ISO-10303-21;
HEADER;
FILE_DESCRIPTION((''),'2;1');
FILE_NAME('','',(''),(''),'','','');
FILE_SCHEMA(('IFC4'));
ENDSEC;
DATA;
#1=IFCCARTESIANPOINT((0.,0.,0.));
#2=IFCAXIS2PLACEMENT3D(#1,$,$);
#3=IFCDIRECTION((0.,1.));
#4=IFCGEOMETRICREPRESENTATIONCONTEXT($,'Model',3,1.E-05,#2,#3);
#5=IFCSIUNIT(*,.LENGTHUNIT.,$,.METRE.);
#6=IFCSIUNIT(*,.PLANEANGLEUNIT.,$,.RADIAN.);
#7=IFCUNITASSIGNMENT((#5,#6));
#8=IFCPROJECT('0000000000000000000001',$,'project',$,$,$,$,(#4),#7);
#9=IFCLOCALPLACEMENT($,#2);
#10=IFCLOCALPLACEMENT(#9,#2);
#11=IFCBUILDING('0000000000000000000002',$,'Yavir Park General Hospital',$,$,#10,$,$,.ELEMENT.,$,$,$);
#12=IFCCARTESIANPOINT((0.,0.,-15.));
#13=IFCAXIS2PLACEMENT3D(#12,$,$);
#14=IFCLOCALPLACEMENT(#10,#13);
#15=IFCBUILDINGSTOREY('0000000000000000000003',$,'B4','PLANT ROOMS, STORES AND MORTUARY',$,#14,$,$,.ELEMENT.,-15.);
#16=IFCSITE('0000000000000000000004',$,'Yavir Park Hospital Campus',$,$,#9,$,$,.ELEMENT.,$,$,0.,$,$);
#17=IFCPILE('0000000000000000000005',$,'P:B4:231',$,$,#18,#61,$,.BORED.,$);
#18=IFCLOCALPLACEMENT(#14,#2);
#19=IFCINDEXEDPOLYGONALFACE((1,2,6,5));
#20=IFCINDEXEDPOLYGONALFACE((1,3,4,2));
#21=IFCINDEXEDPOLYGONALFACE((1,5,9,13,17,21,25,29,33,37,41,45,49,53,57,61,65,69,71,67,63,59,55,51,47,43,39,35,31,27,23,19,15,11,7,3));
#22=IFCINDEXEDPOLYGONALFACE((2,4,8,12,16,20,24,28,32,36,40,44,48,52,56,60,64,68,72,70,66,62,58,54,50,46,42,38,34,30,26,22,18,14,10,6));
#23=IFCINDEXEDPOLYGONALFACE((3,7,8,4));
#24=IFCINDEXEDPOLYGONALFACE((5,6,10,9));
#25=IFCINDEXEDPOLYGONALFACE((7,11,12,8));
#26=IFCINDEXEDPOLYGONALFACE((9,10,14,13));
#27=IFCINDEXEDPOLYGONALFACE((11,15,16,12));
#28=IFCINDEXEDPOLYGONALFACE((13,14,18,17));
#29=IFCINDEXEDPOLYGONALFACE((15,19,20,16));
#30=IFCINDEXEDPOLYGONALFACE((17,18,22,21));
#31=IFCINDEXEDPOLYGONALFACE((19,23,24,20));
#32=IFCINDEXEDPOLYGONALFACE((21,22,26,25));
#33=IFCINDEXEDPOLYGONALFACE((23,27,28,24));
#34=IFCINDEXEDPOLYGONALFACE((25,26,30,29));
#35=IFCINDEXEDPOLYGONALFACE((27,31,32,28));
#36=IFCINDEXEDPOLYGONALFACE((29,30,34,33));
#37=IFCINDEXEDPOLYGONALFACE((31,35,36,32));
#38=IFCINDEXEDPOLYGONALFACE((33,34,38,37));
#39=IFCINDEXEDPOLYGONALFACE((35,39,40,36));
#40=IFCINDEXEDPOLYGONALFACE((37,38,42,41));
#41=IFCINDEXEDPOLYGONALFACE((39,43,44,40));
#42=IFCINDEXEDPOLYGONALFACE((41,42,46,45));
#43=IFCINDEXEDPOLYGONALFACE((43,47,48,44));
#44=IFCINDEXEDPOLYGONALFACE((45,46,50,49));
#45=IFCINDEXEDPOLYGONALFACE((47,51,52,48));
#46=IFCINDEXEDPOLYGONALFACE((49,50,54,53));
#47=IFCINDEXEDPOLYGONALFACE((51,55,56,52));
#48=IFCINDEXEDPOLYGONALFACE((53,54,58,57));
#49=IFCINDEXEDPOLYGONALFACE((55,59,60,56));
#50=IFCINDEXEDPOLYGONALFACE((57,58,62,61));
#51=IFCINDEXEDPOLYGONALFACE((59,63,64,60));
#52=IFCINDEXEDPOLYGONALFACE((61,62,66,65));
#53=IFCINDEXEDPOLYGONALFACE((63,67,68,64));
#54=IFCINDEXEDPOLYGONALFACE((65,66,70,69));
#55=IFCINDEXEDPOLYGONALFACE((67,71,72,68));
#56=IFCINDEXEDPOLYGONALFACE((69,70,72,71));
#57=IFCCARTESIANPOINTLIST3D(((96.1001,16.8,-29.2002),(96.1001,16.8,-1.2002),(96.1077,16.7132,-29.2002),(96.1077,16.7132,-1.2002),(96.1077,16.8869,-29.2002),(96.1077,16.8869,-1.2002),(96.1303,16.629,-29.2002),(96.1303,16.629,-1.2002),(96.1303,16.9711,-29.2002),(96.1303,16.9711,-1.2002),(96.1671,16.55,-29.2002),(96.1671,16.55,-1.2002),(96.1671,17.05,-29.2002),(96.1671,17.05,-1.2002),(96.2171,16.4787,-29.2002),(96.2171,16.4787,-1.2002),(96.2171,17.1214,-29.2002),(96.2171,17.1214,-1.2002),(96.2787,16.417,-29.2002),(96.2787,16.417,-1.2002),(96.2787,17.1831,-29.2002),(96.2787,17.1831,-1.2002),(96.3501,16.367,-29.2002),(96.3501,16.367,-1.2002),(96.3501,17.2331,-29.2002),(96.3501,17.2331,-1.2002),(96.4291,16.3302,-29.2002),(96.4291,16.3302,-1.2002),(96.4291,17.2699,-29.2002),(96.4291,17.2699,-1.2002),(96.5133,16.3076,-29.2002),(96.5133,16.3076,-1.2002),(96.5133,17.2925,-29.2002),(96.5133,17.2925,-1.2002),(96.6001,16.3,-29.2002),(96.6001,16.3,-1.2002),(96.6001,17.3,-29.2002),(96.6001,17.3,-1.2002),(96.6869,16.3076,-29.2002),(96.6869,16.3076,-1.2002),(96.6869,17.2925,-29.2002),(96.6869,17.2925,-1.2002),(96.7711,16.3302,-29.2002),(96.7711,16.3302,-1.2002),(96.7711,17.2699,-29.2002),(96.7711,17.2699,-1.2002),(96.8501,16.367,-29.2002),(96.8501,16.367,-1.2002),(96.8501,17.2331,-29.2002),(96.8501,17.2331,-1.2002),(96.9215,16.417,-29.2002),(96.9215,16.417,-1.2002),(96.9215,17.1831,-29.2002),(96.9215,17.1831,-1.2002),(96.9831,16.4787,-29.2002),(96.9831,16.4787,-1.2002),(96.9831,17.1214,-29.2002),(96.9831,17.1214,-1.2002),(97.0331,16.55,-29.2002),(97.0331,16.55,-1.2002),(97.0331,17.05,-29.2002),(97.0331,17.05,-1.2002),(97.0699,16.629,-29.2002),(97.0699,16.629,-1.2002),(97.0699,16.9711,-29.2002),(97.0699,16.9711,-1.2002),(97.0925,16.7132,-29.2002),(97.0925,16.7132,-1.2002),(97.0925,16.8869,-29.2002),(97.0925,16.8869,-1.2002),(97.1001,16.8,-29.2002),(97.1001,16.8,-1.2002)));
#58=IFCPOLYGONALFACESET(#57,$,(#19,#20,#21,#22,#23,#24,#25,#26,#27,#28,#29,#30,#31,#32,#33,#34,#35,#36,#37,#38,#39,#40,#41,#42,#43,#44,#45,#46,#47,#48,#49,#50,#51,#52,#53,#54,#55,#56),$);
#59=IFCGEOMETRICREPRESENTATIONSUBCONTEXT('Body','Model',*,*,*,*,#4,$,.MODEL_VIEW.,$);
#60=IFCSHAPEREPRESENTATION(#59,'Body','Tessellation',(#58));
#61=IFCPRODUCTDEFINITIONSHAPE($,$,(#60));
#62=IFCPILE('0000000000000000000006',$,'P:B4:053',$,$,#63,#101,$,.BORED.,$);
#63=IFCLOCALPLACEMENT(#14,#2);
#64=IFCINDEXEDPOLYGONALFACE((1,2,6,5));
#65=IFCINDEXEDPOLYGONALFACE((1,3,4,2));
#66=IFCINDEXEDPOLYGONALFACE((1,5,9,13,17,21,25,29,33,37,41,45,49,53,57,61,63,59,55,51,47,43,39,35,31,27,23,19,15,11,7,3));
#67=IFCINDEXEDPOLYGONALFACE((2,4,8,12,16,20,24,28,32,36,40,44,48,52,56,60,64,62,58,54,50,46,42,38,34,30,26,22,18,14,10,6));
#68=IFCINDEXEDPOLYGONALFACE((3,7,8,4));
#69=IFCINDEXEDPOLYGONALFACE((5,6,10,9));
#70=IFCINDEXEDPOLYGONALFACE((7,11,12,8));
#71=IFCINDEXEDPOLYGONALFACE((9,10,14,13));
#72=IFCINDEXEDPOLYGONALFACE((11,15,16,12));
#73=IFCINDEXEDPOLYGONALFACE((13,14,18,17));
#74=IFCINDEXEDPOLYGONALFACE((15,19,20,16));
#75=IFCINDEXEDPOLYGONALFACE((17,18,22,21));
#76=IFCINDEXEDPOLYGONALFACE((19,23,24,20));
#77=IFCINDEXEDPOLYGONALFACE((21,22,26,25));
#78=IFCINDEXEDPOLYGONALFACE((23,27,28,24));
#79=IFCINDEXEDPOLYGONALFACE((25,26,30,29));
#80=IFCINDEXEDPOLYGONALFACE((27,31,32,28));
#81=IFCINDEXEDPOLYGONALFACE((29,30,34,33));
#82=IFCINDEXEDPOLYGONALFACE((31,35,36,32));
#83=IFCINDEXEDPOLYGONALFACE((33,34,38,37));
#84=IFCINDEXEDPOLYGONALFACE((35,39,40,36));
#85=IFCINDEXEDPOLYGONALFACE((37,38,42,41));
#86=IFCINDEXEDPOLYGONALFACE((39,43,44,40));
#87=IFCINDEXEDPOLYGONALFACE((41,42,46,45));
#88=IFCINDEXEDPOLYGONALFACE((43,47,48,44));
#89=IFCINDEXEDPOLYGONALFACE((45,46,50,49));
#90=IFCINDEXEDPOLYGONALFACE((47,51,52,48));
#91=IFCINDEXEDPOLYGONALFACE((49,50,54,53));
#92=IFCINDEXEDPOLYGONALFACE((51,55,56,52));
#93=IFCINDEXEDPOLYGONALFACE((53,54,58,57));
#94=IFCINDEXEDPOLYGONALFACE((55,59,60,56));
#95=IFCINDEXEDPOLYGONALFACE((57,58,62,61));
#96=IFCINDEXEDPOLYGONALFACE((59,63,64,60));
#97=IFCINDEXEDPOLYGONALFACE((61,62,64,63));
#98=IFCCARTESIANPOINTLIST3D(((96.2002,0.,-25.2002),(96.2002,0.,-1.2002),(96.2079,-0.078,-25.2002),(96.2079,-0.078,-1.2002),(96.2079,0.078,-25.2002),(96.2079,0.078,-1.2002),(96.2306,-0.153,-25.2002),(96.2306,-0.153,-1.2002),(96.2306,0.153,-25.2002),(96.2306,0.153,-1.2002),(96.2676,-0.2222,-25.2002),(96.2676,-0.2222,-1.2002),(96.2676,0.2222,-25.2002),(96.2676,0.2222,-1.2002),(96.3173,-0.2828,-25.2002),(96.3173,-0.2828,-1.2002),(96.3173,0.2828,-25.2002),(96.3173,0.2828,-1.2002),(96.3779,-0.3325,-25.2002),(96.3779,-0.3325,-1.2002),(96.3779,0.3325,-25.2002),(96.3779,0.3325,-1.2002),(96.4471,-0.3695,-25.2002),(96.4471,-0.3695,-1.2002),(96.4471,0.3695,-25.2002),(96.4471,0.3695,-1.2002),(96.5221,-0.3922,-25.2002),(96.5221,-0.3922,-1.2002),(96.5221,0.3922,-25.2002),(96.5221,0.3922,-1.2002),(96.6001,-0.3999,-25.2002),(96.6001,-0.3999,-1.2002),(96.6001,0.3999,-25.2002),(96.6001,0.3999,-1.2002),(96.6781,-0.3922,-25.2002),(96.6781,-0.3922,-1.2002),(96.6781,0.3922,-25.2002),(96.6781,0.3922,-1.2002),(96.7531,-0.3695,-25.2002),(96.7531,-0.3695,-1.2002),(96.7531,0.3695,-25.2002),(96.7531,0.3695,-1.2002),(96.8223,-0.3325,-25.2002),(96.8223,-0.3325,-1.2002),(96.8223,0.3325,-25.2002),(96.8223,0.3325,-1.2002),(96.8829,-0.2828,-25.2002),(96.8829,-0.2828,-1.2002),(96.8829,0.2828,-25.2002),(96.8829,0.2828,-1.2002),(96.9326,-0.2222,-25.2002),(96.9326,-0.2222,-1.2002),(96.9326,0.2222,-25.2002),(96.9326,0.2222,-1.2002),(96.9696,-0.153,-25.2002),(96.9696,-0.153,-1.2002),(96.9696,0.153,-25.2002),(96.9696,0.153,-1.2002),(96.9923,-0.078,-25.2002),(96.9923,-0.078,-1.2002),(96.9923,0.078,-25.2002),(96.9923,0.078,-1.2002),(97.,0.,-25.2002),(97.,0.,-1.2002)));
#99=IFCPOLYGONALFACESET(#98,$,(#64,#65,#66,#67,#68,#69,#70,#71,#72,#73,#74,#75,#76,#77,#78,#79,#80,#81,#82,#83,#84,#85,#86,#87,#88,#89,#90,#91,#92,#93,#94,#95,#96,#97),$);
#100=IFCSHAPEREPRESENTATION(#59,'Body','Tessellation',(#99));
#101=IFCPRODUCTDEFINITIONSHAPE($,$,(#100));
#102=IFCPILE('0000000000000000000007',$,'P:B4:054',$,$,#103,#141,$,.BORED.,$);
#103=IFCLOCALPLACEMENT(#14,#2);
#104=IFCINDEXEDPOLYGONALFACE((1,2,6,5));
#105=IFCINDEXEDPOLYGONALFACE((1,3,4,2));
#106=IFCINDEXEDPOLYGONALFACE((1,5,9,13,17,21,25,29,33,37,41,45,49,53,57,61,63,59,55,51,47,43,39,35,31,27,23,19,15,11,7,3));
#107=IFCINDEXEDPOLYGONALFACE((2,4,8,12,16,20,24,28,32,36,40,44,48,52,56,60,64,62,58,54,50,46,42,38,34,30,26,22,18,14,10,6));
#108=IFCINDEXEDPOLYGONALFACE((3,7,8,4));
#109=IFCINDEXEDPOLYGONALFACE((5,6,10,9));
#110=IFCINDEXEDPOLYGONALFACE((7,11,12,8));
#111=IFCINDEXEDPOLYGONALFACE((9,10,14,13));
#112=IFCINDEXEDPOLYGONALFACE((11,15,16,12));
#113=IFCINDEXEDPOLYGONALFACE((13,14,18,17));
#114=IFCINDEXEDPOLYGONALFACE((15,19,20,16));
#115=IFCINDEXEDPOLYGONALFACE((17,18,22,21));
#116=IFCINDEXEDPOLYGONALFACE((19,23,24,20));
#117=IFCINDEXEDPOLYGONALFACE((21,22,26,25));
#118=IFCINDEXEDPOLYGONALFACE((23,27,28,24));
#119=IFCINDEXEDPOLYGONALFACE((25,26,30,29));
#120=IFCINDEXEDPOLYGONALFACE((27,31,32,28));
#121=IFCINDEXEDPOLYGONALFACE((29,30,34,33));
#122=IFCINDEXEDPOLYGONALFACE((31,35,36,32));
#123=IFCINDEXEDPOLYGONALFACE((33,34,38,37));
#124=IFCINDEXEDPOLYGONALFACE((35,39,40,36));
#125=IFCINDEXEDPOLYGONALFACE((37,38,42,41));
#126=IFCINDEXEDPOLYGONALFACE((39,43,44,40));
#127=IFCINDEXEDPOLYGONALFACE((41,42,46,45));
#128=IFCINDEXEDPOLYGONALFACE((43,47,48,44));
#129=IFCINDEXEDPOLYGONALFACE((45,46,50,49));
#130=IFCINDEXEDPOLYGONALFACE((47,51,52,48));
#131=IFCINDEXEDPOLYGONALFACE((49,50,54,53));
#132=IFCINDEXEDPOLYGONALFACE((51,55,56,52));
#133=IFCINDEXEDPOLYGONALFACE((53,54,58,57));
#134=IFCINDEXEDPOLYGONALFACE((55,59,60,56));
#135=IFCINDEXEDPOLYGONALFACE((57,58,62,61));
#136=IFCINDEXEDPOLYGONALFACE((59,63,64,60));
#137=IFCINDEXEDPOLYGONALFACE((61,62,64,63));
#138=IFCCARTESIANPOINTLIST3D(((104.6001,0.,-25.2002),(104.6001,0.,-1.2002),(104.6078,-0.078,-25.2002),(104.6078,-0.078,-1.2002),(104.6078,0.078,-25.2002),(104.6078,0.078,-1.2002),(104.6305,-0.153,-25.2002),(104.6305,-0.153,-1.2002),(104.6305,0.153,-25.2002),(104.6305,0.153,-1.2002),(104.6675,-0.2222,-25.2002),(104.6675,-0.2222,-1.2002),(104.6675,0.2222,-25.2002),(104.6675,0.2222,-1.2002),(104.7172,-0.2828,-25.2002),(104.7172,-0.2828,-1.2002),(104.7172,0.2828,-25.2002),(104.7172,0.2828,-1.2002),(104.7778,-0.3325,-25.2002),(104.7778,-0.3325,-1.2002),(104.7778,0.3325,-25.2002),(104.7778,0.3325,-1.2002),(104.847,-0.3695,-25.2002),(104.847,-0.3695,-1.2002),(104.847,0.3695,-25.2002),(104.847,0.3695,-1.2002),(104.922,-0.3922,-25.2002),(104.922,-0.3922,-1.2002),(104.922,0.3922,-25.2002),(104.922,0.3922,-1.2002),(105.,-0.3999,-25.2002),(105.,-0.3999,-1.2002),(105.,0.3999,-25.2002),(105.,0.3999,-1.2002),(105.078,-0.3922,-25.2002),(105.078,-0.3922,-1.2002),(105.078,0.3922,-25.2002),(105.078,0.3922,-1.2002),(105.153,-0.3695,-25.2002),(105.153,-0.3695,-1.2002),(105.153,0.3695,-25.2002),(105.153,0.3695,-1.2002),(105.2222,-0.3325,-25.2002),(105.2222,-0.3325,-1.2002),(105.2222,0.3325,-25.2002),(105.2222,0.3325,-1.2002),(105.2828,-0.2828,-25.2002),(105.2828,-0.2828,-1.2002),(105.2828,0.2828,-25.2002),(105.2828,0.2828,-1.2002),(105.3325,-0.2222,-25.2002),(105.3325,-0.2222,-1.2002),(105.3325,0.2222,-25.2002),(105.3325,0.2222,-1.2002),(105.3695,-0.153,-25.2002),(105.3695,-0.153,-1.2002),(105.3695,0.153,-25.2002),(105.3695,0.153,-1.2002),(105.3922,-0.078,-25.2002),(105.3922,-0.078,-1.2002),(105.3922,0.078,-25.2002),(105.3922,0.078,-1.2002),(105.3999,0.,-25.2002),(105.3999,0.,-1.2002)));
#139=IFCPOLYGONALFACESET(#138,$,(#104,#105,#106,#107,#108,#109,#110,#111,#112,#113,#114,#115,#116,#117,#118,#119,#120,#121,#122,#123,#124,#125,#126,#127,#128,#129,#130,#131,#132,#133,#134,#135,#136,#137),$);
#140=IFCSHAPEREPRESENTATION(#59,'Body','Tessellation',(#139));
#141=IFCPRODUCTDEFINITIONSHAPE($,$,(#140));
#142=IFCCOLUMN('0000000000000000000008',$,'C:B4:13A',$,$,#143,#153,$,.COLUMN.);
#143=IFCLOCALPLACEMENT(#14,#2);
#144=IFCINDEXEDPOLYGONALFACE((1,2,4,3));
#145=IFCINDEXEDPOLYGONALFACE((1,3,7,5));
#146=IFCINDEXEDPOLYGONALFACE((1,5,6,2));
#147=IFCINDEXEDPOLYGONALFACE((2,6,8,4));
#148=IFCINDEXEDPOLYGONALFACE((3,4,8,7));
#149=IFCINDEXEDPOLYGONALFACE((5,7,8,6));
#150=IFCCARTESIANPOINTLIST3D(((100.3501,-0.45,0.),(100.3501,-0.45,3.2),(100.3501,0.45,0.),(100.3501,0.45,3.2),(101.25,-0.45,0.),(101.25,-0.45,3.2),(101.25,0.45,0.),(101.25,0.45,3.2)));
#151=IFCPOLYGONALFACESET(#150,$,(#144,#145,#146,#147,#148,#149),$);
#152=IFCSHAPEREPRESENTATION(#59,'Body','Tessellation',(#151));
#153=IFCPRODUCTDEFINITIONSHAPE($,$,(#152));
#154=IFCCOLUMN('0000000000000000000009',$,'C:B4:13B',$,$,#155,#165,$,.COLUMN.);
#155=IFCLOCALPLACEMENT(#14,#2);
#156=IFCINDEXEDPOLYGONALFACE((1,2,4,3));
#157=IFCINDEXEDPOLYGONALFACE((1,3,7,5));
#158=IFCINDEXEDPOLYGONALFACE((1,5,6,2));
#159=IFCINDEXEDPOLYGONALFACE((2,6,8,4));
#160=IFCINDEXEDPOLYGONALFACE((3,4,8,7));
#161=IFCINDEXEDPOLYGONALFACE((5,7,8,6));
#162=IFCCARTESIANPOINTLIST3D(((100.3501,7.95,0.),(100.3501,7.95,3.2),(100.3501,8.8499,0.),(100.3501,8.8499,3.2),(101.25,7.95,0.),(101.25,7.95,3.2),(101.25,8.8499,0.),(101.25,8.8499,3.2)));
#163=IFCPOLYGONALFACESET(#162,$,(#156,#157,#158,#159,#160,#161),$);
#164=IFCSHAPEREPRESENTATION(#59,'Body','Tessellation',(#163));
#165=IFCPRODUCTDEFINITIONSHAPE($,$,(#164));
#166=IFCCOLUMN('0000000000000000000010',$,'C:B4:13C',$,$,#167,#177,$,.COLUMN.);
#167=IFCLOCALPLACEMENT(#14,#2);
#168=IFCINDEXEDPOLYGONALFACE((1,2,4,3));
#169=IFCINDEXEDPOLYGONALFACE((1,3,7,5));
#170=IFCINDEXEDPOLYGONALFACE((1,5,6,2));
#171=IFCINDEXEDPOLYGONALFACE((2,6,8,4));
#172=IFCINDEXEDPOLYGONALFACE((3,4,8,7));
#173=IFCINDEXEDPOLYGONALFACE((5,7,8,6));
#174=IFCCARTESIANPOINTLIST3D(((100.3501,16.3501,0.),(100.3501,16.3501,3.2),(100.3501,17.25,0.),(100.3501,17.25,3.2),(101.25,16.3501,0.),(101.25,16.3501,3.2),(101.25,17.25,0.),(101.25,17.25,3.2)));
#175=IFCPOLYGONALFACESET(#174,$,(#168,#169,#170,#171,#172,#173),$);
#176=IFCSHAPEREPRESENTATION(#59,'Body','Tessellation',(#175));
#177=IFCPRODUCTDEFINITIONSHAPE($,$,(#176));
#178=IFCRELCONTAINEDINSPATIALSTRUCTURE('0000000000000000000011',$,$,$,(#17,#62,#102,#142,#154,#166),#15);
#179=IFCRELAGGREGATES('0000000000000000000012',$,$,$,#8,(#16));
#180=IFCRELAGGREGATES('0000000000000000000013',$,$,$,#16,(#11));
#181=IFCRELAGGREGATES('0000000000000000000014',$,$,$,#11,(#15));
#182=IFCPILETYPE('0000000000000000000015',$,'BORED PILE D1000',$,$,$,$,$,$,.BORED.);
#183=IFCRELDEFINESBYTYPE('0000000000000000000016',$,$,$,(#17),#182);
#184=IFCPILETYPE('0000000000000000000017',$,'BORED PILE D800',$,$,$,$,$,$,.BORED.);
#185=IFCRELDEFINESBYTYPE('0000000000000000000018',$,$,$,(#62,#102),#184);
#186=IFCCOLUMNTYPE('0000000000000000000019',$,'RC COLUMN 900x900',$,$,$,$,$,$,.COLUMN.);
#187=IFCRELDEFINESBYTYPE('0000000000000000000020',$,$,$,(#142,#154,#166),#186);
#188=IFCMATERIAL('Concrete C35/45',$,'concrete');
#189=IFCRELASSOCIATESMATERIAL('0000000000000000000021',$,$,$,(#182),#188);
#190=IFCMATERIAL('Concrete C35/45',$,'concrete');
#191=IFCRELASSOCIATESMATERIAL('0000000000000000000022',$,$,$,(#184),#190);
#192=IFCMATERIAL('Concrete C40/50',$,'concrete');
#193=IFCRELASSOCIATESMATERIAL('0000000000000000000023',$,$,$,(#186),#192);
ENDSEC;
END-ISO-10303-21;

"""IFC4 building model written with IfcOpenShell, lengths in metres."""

from ifc_helpers import new_model, si_unit, direction, frame, origin, origin_2d, place, context, subcontext, project, spatial, rectangle, circle, extrude, material, material_profile, profile_set, type_object, element, save


model = new_model("IFC4")

# Units and contexts
model_context = context("Model", 3, precision=1e-05, world=origin(), true_north=direction((0.0, 1.0)))
body_context = subcontext(model_context, "Body", "Model", "MODEL_VIEW")
ifc_project = project(units=[si_unit("LENGTHUNIT", "METRE"), si_unit("PLANEANGLEUNIT", "RADIAN")], contexts=[model_context])

# Site, building, storey
site_placement = place(None, origin())
site = spatial("IfcSite", under=ifc_project, at=site_placement, Name="Yavir Park Hospital Campus", CompositionType="ELEMENT", RefElevation=0.0)
building_placement = place(site_placement, origin())
building = spatial("IfcBuilding", under=site, at=building_placement, Name="Yavir Park General Hospital", CompositionType="ELEMENT")
storey_placement = place(building_placement, frame((0.0, 0.0, -15.0)))
storey = spatial("IfcBuildingStorey", under=building, at=storey_placement, Name="B4", Description="PLANT ROOMS, STORES AND MORTUARY", CompositionType="ELEMENT", Elevation=-15.0)

# Piles
ifc_material_1 = material(Name="Concrete C35/45", Category="concrete")
ifc_material_profile_1 = material_profile(ifc_material_1, circle(Radius=0.5, at=origin_2d()), Name="D1000")
ifc_profile_set_1 = profile_set([ifc_material_profile_1], Name="Concrete C35/45")
pile_type_1 = type_object("IfcPileType", Name="BORED PILE D1000", PredefinedType="BORED", material=ifc_profile_set_1)
for number, where, z_axis, x_axis, name in (
    (1, (96.6001, 16.8, -1.2002), (0.0, 0.0, -1.0), (1.0, 0.0, 0.0), "P:B4:231"),
):
    element("IfcPile", number, at=place(storey_placement, frame(where, z_axis=z_axis, x_axis=x_axis)), inside=storey, type_object=pile_type_1, Name=name, PredefinedType="BORED", context=body_context, shape_type="SweptSolid", body=[
        extrude(circle(Radius=0.5, at=origin_2d()), origin(), (0.0, 0.0, 1.0), 28.0),
    ])
ifc_material_2 = material(Name="Concrete C35/45", Category="concrete")
ifc_material_profile_2 = material_profile(ifc_material_2, circle(Radius=0.3999, at=origin_2d()), Name="D800")
ifc_profile_set_2 = profile_set([ifc_material_profile_2], Name="Concrete C35/45")
pile_type_2 = type_object("IfcPileType", Name="BORED PILE D800", PredefinedType="BORED", material=ifc_profile_set_2)
for number, where, z_axis, x_axis, name in (
    (2, (96.6001, 0.0, -1.2002), (0.0, 0.0, -1.0), (1.0, 0.0, 0.0), "P:B4:053"),
    (3, (105.0, 0.0, -1.2002), (0.0, 0.0, -1.0), (1.0, 0.0, 0.0), "P:B4:054"),
):
    element("IfcPile", number, at=place(storey_placement, frame(where, z_axis=z_axis, x_axis=x_axis)), inside=storey, type_object=pile_type_2, Name=name, PredefinedType="BORED", context=body_context, shape_type="SweptSolid", body=[
        extrude(circle(Radius=0.3999, at=origin_2d()), origin(), (0.0, 0.0, 1.0), 24.0),
    ])

# Columns
ifc_material_3 = material(Name="Concrete C40/50", Category="concrete")
ifc_material_profile_3 = material_profile(ifc_material_3, rectangle(XDim=0.8999, YDim=0.8999, at=origin_2d()), Name="RC900x900")
ifc_profile_set_3 = profile_set([ifc_material_profile_3], Name="Concrete C40/50")
column_type = type_object("IfcColumnType", Name="RC COLUMN 900x900", PredefinedType="COLUMN", material=ifc_profile_set_3)
for number, where, z_axis, x_axis, name in (
    (4, (100.8, 0.0, 0.0), (0.0, 0.0, 1.0), (1.0, 0.0, 0.0), "C:B4:13A"),
    (5, (100.8, 8.3999, 0.0), (0.0, 0.0, 1.0), (1.0, 0.0, 0.0), "C:B4:13B"),
    (6, (100.8, 16.8, 0.0), (0.0, 0.0, 1.0), (1.0, 0.0, 0.0), "C:B4:13C"),
):
    element("IfcColumn", number, at=place(storey_placement, frame(where, z_axis=z_axis, x_axis=x_axis)), inside=storey, type_object=column_type, Name=name, PredefinedType="COLUMN", context=body_context, shape_type="SweptSolid", body=[
        extrude(rectangle(XDim=0.8999, YDim=0.8999, at=origin_2d()), origin(), (0.0, 0.0, 1.0), 3.2),
    ])

save(model, "model.ifc")
